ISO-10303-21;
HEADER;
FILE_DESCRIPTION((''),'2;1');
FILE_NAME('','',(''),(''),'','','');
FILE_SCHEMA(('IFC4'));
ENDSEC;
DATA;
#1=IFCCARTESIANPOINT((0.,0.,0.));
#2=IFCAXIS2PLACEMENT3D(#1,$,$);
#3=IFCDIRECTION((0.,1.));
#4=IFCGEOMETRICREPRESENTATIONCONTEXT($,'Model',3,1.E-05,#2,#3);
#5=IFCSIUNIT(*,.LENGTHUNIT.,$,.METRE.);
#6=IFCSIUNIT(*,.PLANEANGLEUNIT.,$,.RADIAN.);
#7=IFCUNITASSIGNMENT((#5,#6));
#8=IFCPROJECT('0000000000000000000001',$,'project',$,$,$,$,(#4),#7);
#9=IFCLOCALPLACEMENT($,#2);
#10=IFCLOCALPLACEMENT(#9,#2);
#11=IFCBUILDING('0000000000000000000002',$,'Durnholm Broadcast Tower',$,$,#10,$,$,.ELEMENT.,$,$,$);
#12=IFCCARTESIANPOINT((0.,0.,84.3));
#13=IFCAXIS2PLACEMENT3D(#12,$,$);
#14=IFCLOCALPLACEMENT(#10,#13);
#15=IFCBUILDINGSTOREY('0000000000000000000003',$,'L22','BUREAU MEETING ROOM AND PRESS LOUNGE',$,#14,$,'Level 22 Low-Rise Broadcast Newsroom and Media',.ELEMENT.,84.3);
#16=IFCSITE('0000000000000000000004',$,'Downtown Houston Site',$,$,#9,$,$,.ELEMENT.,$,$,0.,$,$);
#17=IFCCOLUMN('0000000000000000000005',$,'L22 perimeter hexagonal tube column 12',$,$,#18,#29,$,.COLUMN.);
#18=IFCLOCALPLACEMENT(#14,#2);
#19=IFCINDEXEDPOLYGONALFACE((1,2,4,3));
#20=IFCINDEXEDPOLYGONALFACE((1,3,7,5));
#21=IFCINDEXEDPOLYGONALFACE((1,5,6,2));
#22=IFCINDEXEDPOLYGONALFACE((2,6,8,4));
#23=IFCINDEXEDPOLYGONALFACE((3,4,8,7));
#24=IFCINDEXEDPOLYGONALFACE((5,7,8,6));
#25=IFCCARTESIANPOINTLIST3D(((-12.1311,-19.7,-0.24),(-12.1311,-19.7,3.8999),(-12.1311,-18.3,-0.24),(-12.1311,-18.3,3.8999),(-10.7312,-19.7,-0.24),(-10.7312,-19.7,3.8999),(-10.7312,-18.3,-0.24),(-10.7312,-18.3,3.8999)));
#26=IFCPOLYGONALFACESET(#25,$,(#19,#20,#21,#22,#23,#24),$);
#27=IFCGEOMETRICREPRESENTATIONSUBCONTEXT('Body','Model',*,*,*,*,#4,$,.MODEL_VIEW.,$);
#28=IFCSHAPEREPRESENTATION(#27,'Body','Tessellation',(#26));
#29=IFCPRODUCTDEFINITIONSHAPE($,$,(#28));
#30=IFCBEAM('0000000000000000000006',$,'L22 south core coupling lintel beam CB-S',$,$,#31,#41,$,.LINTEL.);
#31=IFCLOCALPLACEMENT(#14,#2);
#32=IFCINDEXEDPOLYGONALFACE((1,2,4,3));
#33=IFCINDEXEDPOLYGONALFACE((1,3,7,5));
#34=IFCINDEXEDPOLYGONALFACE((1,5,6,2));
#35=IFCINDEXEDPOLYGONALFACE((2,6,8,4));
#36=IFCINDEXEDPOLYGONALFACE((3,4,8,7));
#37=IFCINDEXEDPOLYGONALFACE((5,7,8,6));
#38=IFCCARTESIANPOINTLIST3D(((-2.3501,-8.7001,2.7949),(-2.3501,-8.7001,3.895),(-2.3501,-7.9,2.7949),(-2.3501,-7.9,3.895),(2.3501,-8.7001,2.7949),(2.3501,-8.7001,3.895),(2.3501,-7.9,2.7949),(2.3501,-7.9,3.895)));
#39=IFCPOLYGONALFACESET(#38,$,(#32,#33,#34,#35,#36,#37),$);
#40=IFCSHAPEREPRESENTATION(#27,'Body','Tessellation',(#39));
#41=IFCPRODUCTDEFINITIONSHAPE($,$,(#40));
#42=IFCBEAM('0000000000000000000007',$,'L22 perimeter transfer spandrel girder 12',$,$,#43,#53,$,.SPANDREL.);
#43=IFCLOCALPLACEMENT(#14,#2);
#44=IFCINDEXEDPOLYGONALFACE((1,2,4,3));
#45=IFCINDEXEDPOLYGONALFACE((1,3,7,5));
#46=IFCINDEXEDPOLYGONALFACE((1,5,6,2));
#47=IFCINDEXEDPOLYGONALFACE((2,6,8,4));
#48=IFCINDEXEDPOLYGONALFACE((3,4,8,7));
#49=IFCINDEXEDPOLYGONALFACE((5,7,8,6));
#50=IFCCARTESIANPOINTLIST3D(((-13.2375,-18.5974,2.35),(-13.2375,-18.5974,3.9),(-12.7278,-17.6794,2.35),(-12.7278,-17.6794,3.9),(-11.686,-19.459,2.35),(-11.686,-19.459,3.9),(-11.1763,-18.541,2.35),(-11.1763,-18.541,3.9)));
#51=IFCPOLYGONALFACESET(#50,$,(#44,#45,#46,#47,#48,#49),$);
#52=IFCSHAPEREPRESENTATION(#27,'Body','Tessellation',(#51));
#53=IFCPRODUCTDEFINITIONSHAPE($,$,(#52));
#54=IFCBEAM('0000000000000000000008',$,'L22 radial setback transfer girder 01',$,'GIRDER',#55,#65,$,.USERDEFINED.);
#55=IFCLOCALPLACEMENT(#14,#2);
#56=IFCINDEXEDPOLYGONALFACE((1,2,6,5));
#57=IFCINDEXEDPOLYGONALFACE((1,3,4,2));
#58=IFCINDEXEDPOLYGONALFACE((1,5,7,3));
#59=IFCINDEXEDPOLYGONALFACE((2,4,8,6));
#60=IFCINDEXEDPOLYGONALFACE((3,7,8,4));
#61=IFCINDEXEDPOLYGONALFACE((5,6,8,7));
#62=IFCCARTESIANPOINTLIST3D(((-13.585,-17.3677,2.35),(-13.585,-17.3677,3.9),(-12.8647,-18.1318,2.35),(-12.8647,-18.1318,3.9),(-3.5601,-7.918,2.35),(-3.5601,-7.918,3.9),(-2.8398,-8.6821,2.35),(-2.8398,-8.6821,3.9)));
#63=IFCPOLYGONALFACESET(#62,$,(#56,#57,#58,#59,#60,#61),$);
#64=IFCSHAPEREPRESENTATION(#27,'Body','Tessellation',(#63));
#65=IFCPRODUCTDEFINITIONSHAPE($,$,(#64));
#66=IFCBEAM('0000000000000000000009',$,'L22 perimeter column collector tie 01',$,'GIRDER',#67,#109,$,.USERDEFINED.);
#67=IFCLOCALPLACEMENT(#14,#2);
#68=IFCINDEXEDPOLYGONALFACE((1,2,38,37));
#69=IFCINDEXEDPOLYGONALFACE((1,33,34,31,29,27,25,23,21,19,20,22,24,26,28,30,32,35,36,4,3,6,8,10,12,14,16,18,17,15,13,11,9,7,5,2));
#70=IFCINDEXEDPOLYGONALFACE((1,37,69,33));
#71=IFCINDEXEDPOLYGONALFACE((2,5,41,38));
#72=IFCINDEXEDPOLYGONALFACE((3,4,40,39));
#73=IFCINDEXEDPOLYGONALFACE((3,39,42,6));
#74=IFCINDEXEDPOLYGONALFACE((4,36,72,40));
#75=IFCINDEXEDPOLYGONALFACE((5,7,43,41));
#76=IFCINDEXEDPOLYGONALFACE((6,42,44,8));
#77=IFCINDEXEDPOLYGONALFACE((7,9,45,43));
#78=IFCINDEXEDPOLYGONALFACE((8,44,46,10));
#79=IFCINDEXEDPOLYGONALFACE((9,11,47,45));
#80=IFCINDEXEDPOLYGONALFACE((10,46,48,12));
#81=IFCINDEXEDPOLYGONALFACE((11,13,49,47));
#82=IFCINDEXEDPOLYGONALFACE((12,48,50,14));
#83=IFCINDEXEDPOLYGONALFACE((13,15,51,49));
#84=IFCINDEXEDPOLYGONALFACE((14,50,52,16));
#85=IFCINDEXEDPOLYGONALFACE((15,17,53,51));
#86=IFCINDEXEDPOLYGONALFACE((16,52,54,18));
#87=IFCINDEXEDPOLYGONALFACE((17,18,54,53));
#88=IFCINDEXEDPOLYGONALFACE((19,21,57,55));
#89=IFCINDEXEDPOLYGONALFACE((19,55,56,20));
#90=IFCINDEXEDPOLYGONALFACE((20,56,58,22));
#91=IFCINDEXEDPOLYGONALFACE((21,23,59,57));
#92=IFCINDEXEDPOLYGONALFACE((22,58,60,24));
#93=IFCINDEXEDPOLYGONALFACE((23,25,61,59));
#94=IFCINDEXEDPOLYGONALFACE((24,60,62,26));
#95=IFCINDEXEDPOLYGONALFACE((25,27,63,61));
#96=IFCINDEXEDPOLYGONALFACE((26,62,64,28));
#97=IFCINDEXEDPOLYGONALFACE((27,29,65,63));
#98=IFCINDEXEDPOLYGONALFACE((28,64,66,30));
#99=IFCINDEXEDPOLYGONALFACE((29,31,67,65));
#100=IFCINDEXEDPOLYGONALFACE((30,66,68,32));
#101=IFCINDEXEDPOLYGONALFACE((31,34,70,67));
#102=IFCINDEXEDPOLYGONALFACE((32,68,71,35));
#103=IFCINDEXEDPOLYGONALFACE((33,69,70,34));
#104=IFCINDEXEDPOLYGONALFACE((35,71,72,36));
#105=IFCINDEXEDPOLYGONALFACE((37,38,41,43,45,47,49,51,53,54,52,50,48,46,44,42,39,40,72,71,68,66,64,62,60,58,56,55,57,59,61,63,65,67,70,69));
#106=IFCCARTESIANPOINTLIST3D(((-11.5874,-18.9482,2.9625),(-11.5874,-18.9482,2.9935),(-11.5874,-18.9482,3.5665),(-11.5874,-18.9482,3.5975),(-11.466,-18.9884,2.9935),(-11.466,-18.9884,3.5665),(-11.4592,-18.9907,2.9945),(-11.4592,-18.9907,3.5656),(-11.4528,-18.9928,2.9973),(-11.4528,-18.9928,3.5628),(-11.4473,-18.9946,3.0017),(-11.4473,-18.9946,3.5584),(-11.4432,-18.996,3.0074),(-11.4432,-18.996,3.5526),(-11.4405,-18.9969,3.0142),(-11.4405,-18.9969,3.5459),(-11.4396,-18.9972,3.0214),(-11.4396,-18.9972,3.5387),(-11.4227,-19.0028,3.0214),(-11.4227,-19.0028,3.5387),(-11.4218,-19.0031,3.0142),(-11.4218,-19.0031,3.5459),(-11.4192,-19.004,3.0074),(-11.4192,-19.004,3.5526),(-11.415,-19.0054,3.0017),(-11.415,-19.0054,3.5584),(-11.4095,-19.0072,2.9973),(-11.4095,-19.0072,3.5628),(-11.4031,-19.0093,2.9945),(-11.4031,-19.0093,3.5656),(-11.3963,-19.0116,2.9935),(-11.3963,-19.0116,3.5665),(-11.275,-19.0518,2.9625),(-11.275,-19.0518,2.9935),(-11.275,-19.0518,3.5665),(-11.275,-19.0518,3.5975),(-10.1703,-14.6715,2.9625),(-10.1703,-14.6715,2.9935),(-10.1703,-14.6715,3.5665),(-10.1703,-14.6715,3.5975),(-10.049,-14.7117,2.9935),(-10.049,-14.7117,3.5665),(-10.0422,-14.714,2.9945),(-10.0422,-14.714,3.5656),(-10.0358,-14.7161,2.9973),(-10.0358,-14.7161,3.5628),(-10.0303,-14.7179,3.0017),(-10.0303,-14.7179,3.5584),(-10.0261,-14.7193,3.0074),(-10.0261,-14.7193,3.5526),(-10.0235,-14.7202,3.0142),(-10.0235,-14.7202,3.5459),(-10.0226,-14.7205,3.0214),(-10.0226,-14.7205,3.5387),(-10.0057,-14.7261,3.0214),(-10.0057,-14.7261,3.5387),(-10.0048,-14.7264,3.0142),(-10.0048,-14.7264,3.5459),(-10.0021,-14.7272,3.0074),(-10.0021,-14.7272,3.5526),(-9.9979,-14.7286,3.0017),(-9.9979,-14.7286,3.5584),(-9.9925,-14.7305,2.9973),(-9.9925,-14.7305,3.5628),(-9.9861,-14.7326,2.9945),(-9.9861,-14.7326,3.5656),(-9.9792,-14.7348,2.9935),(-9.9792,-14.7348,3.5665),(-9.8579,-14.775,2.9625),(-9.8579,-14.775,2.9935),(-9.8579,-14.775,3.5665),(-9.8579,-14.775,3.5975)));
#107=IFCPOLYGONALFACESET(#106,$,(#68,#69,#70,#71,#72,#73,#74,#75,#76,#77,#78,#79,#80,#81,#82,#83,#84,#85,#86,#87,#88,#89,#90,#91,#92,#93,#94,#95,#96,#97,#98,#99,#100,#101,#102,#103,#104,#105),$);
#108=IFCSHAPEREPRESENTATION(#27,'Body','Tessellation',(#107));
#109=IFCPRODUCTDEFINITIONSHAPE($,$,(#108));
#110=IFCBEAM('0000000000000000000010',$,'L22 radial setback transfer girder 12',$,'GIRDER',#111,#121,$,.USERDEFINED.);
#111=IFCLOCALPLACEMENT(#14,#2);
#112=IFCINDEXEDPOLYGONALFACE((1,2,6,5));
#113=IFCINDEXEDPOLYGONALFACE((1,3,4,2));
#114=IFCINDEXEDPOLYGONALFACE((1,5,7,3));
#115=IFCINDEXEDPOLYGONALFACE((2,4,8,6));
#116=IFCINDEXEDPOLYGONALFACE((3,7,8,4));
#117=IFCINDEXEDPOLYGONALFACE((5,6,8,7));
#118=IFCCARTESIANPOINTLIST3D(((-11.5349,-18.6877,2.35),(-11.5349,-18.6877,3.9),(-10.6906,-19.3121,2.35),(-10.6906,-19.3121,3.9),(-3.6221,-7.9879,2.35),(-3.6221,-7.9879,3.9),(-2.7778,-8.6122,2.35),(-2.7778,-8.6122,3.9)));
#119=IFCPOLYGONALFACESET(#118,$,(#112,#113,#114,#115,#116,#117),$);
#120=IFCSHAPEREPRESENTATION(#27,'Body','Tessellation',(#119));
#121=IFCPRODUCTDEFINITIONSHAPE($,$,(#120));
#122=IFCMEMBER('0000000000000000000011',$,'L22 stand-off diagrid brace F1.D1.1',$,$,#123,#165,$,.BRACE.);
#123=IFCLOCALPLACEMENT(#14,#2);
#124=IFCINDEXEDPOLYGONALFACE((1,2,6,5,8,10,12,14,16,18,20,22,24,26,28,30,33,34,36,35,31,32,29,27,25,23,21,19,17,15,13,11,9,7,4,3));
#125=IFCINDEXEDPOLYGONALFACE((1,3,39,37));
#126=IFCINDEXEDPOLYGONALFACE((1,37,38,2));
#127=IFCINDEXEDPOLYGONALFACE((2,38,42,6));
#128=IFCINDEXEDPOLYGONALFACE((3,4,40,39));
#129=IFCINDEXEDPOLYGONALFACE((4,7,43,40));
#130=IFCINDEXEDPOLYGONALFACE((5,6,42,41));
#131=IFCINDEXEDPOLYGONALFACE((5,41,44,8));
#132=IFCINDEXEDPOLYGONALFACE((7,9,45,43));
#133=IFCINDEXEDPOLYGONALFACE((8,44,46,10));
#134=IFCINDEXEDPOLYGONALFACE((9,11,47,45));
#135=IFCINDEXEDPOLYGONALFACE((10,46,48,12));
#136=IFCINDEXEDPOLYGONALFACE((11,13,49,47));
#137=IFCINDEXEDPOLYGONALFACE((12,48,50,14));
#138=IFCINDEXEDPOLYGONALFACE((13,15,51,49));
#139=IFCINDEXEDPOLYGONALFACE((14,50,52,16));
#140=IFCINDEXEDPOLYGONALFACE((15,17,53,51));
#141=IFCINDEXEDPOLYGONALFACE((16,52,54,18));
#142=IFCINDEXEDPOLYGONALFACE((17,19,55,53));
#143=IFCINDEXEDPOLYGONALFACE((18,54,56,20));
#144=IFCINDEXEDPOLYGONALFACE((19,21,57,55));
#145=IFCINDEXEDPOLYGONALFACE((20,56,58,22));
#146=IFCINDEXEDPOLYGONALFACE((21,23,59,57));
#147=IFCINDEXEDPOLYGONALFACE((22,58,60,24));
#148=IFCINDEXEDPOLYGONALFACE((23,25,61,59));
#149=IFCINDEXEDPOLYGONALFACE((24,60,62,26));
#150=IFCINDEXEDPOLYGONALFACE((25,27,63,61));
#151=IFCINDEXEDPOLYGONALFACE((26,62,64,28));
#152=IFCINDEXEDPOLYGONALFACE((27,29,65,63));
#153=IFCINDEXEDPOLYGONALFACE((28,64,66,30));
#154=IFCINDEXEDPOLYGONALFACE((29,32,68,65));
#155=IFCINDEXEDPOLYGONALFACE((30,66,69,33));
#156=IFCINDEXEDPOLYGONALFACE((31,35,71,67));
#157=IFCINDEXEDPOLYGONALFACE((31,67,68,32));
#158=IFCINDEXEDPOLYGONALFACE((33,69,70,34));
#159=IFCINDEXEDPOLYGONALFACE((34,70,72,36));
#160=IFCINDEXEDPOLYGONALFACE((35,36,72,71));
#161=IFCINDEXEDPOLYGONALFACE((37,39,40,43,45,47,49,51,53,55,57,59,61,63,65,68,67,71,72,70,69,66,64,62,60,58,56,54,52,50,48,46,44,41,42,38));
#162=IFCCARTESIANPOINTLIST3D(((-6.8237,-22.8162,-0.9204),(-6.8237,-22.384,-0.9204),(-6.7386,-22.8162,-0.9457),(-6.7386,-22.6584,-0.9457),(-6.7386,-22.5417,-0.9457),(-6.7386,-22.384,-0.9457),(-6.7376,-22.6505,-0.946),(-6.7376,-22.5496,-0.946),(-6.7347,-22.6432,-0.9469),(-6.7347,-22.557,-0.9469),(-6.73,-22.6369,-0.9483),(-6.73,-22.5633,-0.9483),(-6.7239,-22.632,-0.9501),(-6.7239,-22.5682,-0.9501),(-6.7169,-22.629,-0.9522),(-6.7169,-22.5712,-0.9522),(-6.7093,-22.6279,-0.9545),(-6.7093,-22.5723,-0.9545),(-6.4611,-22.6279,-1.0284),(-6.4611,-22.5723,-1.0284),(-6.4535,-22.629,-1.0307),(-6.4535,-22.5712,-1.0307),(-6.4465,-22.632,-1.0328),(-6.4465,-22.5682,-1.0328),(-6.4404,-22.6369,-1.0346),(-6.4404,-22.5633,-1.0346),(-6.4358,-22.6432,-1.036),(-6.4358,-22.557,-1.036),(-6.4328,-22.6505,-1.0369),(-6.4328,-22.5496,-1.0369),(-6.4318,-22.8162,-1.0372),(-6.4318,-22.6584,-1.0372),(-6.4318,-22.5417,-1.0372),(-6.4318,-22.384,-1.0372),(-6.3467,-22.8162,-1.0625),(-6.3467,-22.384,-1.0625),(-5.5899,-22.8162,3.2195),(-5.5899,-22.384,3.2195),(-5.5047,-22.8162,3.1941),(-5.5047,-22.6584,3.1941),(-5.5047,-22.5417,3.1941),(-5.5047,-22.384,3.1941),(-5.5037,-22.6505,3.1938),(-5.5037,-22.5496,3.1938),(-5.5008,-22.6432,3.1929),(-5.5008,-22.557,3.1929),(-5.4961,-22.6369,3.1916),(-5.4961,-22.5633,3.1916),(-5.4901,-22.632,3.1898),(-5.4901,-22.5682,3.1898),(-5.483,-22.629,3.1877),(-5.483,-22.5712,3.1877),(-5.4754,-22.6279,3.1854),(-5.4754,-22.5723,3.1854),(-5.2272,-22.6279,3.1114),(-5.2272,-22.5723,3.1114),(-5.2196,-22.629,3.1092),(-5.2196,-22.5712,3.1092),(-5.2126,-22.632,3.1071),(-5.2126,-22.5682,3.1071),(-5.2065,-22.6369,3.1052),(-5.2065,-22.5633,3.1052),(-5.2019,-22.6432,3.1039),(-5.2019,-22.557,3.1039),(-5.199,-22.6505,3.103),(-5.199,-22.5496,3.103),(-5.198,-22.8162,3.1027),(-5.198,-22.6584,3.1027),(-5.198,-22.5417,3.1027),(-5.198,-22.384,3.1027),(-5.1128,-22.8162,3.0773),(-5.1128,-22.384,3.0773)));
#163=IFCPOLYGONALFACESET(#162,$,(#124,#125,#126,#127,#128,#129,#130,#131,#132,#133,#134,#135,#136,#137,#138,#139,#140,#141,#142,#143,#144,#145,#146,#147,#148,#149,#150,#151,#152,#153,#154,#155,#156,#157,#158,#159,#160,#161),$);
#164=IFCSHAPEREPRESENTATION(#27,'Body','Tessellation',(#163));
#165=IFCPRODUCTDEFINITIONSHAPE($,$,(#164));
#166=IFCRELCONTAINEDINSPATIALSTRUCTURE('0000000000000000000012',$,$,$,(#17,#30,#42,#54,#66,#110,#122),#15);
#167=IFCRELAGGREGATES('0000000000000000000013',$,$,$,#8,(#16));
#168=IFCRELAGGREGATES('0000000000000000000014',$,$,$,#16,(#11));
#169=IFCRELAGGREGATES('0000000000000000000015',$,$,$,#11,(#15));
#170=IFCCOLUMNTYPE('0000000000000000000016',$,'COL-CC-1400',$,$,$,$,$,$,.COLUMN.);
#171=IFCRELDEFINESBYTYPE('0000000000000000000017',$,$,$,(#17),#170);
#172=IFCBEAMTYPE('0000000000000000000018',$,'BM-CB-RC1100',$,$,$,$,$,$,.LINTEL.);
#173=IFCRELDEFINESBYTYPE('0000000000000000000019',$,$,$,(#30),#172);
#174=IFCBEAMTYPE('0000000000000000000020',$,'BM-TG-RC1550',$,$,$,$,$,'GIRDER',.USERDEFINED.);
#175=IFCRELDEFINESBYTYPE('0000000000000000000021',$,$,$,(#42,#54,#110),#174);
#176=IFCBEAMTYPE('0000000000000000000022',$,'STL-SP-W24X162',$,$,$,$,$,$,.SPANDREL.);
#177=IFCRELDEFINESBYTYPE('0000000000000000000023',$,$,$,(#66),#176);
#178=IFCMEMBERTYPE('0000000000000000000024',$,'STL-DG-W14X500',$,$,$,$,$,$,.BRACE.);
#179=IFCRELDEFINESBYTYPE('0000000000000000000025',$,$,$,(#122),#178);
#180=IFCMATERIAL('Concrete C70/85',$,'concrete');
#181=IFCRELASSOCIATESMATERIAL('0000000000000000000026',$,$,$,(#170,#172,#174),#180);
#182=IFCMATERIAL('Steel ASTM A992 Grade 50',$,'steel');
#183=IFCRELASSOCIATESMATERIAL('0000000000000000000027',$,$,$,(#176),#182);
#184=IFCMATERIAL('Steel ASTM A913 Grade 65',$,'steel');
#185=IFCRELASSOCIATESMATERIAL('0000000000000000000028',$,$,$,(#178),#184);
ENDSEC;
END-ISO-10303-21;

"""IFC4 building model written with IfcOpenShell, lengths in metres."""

from ifc_helpers import new_model, si_unit, direction, frame, origin, origin_2d, place, context, subcontext, project, spatial, rectangle, i_section, extrude, source, transform, mapped, material, material_profile, profile_set, type_object, type_shapes, element, save


model = new_model("IFC4")

# Units and contexts
model_context = context("Model", 3, precision=1e-05, world=origin(), true_north=direction((0.0, 1.0)))
body_context = subcontext(model_context, "Body", "Model", "MODEL_VIEW")
ifc_project = project(units=[si_unit("LENGTHUNIT", "METRE"), si_unit("PLANEANGLEUNIT", "RADIAN")], contexts=[model_context])

# Site, building, storey
site_placement = place(None, origin())
site = spatial("IfcSite", under=ifc_project, at=site_placement, Name="Downtown Houston Site", CompositionType="ELEMENT", RefElevation=0.0)
building_placement = place(site_placement, origin())
building = spatial("IfcBuilding", under=site, at=building_placement, Name="Durnholm Broadcast Tower", CompositionType="ELEMENT")
storey_placement = place(building_placement, frame((0.0, 0.0, 84.3)))
storey = spatial("IfcBuildingStorey", under=building, at=storey_placement, Name="L22", Description="BUREAU MEETING ROOM AND PRESS LOUNGE", LongName="Level 22 Low-Rise Broadcast Newsroom and Media", CompositionType="ELEMENT", Elevation=84.3)

# Column
ifc_material_1 = material(Name="Concrete C70/85", Category="concrete")
ifc_material_profile_1 = material_profile(ifc_material_1, rectangle(XDim=1.3999, YDim=1.3999, at=origin_2d()), Name="RC1400X1400")
ifc_profile_set_1 = profile_set([ifc_material_profile_1], Name="Concrete C70/85")
column_type = type_object("IfcColumnType", Name="COL-CC-1400", PredefinedType="COLUMN", material=ifc_profile_set_1)
shared_shape_1 = source(origin(), body_context, "Body", "SweptSolid", [
    extrude(rectangle(XDim=1.3999, YDim=1.3999, at=origin_2d()), origin(), (0.0, 0.0, 1.0), 4.1399),
])
type_shapes(column_type, [shared_shape_1])
column_placement = place(storey_placement, frame((-11.4312, -19.0, -0.24), z_axis=(0.0, 0.0, 1.0), x_axis=(1.0, 0.0, 0.0)))
element("IfcColumn", 1, at=column_placement, inside=storey, type_object=column_type, Name="L22 perimeter hexagonal tube column 12", PredefinedType="COLUMN", context=body_context, shape_type="MappedRepresentation", body=[
    mapped(shared_shape_1, transform((0.0, 0.0, 0.0), x_axis=(1.0, 0.0, 0.0), y_axis=(0.0, 1.0, 0.0), z_axis=(0.0, 0.0, 1.0), scale=1.0)),
])

# Beams
ifc_material_profile_2 = material_profile(ifc_material_1, rectangle(XDim=0.8, YDim=1.1001, at=origin_2d()), Name="RC800X1100")
ifc_profile_set_2 = profile_set([ifc_material_profile_2], Name="Concrete C70/85")
beam_type_1 = type_object("IfcBeamType", Name="BM-CB-RC1100", PredefinedType="LINTEL", material=ifc_profile_set_2)
shared_shape_2 = source(origin(), body_context, "Body", "SweptSolid", [
    extrude(rectangle(XDim=0.8, YDim=1.1001, at=origin_2d()), origin(), (0.0, 0.0, 1.0), 4.7002),
])
type_shapes(beam_type_1, [shared_shape_2])
beam_1_placement = place(storey_placement, frame((-2.3501, -8.3, 3.345), z_axis=(1.0, 0.0, 0.0), x_axis=(0.0, 1.0, 0.0)))
element("IfcBeam", 2, at=beam_1_placement, inside=storey, type_object=beam_type_1, Name="L22 south core coupling lintel beam CB-S", PredefinedType="LINTEL", context=body_context, shape_type="MappedRepresentation", body=[
    mapped(shared_shape_2, transform((0.0, 0.0, 0.0), x_axis=(1.0, 0.0, 0.0), y_axis=(0.0, 1.0, 0.0), z_axis=(0.0, 0.0, 1.0), scale=1.0)),
])
ifc_material_profile_3 = material_profile(ifc_material_1, rectangle(XDim=1.05, YDim=1.55, at=origin_2d()), Name="RC1050X1550")
ifc_profile_set_3 = profile_set([ifc_material_profile_3], Name="Concrete C70/85")
beam_type_2 = type_object("IfcBeamType", Name="BM-TG-RC1550", ElementType="GIRDER", PredefinedType="USERDEFINED", material=ifc_profile_set_3)
shared_shape_3 = source(origin(), body_context, "Body", "SweptSolid", [
    extrude(rectangle(XDim=1.05, YDim=1.55, at=origin_2d()), origin(), (0.0, 0.0, 1.0), 1.7747),
])
beam_2_placement = place(storey_placement, frame((-11.4312, -19.0, 3.125), z_axis=(-0.874248, 0.485479, 0.0), x_axis=(-0.485479, -0.874248, 0.0)))
element("IfcBeam", 3, at=beam_2_placement, inside=storey, type_object=beam_type_2, Name="L22 perimeter transfer spandrel girder 12", PredefinedType="SPANDREL", context=body_context, shape_type="MappedRepresentation", body=[
    mapped(shared_shape_3, transform((0.0, 0.0, 0.0), x_axis=(1.0, 0.0, 0.0), y_axis=(0.0, 1.0, 0.0), z_axis=(0.0, 0.0, 1.0), scale=1.0)),
])
shared_shape_4 = source(origin(), body_context, "Body", "SweptSolid", [
    extrude(rectangle(XDim=1.05, YDim=1.55, at=origin_2d()), origin(), (0.0, 0.0, 1.0), 13.7766),
])
beam_3_placement = place(storey_placement, frame((-3.2, -8.3, 3.125), z_axis=(-0.727674, -0.685923, 0.0), x_axis=(0.685923, -0.727674, 0.0)))
element("IfcBeam", 4, at=beam_3_placement, inside=storey, type_object=beam_type_2, Name="L22 radial setback transfer girder 01", ObjectType="GIRDER", PredefinedType="USERDEFINED", context=body_context, shape_type="MappedRepresentation", body=[
    mapped(shared_shape_4, transform((0.0, 0.0, 0.0), x_axis=(1.0, 0.0, 0.0), y_axis=(0.0, 1.0, 0.0), z_axis=(0.0, 0.0, 1.0), scale=1.0)),
])
ifc_material_2 = material(Name="Steel ASTM A992 Grade 50", Category="steel")
ifc_material_profile_4 = material_profile(ifc_material_2, i_section(OverallWidth=0.3291, OverallDepth=0.635, WebThickness=0.0178, FlangeThickness=0.031, FilletRadius=0.0278, at=origin_2d()), Name="W24X162")
ifc_profile_set_4 = profile_set([ifc_material_profile_4], Name="Steel ASTM A992 Grade 50")
beam_type_3 = type_object("IfcBeamType", Name="STL-SP-W24X162", PredefinedType="SPANDREL", material=ifc_profile_set_4)
shared_shape_5 = source(origin(), body_context, "Body", "SweptSolid", [
    extrude(i_section(OverallWidth=0.3291, OverallDepth=0.635, WebThickness=0.0178, FlangeThickness=0.031, FilletRadius=0.0278, at=origin_2d()), origin(), (0.0, 0.0, 1.0), 4.5054),
])
type_shapes(beam_type_3, [shared_shape_5])
beam_4_placement = place(storey_placement, frame((-11.4312, -19.0, 3.28), z_axis=(0.31452, 0.949251, 0.0), x_axis=(-0.949251, 0.31452, 0.0)))
element("IfcBeam", 5, at=beam_4_placement, inside=storey, type_object=beam_type_3, Name="L22 perimeter column collector tie 01", ObjectType="GIRDER", PredefinedType="USERDEFINED", context=body_context, shape_type="MappedRepresentation", body=[
    mapped(shared_shape_5, transform((0.0, 0.0, 0.0), x_axis=(1.0, 0.0, 0.0), y_axis=(0.0, 1.0, 0.0), z_axis=(0.0, 0.0, 1.0), scale=1.0)),
])
shared_shape_6 = source(origin(), body_context, "Body", "SweptSolid", [
    extrude(rectangle(XDim=1.05, YDim=1.55, at=origin_2d()), origin(), (0.0, 0.0, 1.0), 13.3079),
])
type_shapes(beam_type_2, [shared_shape_3, shared_shape_4, shared_shape_6])
beam_5_placement = place(storey_placement, frame((-3.2, -8.3, 3.125), z_axis=(-0.594594, -0.804026, 0.0), x_axis=(0.804026, -0.594594, 0.0)))
element("IfcBeam", 6, at=beam_5_placement, inside=storey, type_object=beam_type_2, Name="L22 radial setback transfer girder 12", ObjectType="GIRDER", PredefinedType="USERDEFINED", context=body_context, shape_type="MappedRepresentation", body=[
    mapped(shared_shape_6, transform((0.0, 0.0, 0.0), x_axis=(1.0, 0.0, 0.0), y_axis=(0.0, 1.0, 0.0), z_axis=(0.0, 0.0, 1.0), scale=1.0)),
])

# Member
ifc_material_3 = material(Name="Steel ASTM A913 Grade 65", Category="steel")
ifc_material_profile_5 = material_profile(ifc_material_3, i_section(OverallWidth=0.4321, OverallDepth=0.4978, WebThickness=0.0557, FlangeThickness=0.0889, FilletRadius=0.0305, at=origin_2d()), Name="W14X500")
ifc_profile_set_5 = profile_set([ifc_material_profile_5], Name="Steel ASTM A913 Grade 65")
member_type_1 = type_object("IfcMemberType", Name="STL-DG-W14X500", PredefinedType="BRACE", material=ifc_profile_set_5)
shared_shape_7 = source(origin(), body_context, "Body", "SweptSolid", [
    extrude(i_section(OverallWidth=0.4321, OverallDepth=0.4978, WebThickness=0.0557, FlangeThickness=0.0889, FilletRadius=0.0305, at=origin_2d()), origin(), (0.0, 0.0, 1.0), 4.3198),
])
type_shapes(member_type_1, [shared_shape_7])
for number, where, z_axis, x_axis, name in (
    (7, (-6.5852, -22.6001, -0.9915), (0.285631, 0.0, 0.95834), (0.0, 1.0, 0.0), "L22 stand-off diagrid brace F1.D1.1"),
):
    element("IfcMember", number, at=place(storey_placement, frame(where, z_axis=z_axis, x_axis=x_axis)), inside=storey, type_object=member_type_1, Name=name, PredefinedType="BRACE", context=body_context, shape_type="MappedRepresentation", body=[
        mapped(shared_shape_7, transform((0.0, 0.0, 0.0), x_axis=(1.0, 0.0, 0.0), y_axis=(0.0, 1.0, 0.0), z_axis=(0.0, 0.0, 1.0), scale=1.0)),
    ])

save(model, "model.ifc")
